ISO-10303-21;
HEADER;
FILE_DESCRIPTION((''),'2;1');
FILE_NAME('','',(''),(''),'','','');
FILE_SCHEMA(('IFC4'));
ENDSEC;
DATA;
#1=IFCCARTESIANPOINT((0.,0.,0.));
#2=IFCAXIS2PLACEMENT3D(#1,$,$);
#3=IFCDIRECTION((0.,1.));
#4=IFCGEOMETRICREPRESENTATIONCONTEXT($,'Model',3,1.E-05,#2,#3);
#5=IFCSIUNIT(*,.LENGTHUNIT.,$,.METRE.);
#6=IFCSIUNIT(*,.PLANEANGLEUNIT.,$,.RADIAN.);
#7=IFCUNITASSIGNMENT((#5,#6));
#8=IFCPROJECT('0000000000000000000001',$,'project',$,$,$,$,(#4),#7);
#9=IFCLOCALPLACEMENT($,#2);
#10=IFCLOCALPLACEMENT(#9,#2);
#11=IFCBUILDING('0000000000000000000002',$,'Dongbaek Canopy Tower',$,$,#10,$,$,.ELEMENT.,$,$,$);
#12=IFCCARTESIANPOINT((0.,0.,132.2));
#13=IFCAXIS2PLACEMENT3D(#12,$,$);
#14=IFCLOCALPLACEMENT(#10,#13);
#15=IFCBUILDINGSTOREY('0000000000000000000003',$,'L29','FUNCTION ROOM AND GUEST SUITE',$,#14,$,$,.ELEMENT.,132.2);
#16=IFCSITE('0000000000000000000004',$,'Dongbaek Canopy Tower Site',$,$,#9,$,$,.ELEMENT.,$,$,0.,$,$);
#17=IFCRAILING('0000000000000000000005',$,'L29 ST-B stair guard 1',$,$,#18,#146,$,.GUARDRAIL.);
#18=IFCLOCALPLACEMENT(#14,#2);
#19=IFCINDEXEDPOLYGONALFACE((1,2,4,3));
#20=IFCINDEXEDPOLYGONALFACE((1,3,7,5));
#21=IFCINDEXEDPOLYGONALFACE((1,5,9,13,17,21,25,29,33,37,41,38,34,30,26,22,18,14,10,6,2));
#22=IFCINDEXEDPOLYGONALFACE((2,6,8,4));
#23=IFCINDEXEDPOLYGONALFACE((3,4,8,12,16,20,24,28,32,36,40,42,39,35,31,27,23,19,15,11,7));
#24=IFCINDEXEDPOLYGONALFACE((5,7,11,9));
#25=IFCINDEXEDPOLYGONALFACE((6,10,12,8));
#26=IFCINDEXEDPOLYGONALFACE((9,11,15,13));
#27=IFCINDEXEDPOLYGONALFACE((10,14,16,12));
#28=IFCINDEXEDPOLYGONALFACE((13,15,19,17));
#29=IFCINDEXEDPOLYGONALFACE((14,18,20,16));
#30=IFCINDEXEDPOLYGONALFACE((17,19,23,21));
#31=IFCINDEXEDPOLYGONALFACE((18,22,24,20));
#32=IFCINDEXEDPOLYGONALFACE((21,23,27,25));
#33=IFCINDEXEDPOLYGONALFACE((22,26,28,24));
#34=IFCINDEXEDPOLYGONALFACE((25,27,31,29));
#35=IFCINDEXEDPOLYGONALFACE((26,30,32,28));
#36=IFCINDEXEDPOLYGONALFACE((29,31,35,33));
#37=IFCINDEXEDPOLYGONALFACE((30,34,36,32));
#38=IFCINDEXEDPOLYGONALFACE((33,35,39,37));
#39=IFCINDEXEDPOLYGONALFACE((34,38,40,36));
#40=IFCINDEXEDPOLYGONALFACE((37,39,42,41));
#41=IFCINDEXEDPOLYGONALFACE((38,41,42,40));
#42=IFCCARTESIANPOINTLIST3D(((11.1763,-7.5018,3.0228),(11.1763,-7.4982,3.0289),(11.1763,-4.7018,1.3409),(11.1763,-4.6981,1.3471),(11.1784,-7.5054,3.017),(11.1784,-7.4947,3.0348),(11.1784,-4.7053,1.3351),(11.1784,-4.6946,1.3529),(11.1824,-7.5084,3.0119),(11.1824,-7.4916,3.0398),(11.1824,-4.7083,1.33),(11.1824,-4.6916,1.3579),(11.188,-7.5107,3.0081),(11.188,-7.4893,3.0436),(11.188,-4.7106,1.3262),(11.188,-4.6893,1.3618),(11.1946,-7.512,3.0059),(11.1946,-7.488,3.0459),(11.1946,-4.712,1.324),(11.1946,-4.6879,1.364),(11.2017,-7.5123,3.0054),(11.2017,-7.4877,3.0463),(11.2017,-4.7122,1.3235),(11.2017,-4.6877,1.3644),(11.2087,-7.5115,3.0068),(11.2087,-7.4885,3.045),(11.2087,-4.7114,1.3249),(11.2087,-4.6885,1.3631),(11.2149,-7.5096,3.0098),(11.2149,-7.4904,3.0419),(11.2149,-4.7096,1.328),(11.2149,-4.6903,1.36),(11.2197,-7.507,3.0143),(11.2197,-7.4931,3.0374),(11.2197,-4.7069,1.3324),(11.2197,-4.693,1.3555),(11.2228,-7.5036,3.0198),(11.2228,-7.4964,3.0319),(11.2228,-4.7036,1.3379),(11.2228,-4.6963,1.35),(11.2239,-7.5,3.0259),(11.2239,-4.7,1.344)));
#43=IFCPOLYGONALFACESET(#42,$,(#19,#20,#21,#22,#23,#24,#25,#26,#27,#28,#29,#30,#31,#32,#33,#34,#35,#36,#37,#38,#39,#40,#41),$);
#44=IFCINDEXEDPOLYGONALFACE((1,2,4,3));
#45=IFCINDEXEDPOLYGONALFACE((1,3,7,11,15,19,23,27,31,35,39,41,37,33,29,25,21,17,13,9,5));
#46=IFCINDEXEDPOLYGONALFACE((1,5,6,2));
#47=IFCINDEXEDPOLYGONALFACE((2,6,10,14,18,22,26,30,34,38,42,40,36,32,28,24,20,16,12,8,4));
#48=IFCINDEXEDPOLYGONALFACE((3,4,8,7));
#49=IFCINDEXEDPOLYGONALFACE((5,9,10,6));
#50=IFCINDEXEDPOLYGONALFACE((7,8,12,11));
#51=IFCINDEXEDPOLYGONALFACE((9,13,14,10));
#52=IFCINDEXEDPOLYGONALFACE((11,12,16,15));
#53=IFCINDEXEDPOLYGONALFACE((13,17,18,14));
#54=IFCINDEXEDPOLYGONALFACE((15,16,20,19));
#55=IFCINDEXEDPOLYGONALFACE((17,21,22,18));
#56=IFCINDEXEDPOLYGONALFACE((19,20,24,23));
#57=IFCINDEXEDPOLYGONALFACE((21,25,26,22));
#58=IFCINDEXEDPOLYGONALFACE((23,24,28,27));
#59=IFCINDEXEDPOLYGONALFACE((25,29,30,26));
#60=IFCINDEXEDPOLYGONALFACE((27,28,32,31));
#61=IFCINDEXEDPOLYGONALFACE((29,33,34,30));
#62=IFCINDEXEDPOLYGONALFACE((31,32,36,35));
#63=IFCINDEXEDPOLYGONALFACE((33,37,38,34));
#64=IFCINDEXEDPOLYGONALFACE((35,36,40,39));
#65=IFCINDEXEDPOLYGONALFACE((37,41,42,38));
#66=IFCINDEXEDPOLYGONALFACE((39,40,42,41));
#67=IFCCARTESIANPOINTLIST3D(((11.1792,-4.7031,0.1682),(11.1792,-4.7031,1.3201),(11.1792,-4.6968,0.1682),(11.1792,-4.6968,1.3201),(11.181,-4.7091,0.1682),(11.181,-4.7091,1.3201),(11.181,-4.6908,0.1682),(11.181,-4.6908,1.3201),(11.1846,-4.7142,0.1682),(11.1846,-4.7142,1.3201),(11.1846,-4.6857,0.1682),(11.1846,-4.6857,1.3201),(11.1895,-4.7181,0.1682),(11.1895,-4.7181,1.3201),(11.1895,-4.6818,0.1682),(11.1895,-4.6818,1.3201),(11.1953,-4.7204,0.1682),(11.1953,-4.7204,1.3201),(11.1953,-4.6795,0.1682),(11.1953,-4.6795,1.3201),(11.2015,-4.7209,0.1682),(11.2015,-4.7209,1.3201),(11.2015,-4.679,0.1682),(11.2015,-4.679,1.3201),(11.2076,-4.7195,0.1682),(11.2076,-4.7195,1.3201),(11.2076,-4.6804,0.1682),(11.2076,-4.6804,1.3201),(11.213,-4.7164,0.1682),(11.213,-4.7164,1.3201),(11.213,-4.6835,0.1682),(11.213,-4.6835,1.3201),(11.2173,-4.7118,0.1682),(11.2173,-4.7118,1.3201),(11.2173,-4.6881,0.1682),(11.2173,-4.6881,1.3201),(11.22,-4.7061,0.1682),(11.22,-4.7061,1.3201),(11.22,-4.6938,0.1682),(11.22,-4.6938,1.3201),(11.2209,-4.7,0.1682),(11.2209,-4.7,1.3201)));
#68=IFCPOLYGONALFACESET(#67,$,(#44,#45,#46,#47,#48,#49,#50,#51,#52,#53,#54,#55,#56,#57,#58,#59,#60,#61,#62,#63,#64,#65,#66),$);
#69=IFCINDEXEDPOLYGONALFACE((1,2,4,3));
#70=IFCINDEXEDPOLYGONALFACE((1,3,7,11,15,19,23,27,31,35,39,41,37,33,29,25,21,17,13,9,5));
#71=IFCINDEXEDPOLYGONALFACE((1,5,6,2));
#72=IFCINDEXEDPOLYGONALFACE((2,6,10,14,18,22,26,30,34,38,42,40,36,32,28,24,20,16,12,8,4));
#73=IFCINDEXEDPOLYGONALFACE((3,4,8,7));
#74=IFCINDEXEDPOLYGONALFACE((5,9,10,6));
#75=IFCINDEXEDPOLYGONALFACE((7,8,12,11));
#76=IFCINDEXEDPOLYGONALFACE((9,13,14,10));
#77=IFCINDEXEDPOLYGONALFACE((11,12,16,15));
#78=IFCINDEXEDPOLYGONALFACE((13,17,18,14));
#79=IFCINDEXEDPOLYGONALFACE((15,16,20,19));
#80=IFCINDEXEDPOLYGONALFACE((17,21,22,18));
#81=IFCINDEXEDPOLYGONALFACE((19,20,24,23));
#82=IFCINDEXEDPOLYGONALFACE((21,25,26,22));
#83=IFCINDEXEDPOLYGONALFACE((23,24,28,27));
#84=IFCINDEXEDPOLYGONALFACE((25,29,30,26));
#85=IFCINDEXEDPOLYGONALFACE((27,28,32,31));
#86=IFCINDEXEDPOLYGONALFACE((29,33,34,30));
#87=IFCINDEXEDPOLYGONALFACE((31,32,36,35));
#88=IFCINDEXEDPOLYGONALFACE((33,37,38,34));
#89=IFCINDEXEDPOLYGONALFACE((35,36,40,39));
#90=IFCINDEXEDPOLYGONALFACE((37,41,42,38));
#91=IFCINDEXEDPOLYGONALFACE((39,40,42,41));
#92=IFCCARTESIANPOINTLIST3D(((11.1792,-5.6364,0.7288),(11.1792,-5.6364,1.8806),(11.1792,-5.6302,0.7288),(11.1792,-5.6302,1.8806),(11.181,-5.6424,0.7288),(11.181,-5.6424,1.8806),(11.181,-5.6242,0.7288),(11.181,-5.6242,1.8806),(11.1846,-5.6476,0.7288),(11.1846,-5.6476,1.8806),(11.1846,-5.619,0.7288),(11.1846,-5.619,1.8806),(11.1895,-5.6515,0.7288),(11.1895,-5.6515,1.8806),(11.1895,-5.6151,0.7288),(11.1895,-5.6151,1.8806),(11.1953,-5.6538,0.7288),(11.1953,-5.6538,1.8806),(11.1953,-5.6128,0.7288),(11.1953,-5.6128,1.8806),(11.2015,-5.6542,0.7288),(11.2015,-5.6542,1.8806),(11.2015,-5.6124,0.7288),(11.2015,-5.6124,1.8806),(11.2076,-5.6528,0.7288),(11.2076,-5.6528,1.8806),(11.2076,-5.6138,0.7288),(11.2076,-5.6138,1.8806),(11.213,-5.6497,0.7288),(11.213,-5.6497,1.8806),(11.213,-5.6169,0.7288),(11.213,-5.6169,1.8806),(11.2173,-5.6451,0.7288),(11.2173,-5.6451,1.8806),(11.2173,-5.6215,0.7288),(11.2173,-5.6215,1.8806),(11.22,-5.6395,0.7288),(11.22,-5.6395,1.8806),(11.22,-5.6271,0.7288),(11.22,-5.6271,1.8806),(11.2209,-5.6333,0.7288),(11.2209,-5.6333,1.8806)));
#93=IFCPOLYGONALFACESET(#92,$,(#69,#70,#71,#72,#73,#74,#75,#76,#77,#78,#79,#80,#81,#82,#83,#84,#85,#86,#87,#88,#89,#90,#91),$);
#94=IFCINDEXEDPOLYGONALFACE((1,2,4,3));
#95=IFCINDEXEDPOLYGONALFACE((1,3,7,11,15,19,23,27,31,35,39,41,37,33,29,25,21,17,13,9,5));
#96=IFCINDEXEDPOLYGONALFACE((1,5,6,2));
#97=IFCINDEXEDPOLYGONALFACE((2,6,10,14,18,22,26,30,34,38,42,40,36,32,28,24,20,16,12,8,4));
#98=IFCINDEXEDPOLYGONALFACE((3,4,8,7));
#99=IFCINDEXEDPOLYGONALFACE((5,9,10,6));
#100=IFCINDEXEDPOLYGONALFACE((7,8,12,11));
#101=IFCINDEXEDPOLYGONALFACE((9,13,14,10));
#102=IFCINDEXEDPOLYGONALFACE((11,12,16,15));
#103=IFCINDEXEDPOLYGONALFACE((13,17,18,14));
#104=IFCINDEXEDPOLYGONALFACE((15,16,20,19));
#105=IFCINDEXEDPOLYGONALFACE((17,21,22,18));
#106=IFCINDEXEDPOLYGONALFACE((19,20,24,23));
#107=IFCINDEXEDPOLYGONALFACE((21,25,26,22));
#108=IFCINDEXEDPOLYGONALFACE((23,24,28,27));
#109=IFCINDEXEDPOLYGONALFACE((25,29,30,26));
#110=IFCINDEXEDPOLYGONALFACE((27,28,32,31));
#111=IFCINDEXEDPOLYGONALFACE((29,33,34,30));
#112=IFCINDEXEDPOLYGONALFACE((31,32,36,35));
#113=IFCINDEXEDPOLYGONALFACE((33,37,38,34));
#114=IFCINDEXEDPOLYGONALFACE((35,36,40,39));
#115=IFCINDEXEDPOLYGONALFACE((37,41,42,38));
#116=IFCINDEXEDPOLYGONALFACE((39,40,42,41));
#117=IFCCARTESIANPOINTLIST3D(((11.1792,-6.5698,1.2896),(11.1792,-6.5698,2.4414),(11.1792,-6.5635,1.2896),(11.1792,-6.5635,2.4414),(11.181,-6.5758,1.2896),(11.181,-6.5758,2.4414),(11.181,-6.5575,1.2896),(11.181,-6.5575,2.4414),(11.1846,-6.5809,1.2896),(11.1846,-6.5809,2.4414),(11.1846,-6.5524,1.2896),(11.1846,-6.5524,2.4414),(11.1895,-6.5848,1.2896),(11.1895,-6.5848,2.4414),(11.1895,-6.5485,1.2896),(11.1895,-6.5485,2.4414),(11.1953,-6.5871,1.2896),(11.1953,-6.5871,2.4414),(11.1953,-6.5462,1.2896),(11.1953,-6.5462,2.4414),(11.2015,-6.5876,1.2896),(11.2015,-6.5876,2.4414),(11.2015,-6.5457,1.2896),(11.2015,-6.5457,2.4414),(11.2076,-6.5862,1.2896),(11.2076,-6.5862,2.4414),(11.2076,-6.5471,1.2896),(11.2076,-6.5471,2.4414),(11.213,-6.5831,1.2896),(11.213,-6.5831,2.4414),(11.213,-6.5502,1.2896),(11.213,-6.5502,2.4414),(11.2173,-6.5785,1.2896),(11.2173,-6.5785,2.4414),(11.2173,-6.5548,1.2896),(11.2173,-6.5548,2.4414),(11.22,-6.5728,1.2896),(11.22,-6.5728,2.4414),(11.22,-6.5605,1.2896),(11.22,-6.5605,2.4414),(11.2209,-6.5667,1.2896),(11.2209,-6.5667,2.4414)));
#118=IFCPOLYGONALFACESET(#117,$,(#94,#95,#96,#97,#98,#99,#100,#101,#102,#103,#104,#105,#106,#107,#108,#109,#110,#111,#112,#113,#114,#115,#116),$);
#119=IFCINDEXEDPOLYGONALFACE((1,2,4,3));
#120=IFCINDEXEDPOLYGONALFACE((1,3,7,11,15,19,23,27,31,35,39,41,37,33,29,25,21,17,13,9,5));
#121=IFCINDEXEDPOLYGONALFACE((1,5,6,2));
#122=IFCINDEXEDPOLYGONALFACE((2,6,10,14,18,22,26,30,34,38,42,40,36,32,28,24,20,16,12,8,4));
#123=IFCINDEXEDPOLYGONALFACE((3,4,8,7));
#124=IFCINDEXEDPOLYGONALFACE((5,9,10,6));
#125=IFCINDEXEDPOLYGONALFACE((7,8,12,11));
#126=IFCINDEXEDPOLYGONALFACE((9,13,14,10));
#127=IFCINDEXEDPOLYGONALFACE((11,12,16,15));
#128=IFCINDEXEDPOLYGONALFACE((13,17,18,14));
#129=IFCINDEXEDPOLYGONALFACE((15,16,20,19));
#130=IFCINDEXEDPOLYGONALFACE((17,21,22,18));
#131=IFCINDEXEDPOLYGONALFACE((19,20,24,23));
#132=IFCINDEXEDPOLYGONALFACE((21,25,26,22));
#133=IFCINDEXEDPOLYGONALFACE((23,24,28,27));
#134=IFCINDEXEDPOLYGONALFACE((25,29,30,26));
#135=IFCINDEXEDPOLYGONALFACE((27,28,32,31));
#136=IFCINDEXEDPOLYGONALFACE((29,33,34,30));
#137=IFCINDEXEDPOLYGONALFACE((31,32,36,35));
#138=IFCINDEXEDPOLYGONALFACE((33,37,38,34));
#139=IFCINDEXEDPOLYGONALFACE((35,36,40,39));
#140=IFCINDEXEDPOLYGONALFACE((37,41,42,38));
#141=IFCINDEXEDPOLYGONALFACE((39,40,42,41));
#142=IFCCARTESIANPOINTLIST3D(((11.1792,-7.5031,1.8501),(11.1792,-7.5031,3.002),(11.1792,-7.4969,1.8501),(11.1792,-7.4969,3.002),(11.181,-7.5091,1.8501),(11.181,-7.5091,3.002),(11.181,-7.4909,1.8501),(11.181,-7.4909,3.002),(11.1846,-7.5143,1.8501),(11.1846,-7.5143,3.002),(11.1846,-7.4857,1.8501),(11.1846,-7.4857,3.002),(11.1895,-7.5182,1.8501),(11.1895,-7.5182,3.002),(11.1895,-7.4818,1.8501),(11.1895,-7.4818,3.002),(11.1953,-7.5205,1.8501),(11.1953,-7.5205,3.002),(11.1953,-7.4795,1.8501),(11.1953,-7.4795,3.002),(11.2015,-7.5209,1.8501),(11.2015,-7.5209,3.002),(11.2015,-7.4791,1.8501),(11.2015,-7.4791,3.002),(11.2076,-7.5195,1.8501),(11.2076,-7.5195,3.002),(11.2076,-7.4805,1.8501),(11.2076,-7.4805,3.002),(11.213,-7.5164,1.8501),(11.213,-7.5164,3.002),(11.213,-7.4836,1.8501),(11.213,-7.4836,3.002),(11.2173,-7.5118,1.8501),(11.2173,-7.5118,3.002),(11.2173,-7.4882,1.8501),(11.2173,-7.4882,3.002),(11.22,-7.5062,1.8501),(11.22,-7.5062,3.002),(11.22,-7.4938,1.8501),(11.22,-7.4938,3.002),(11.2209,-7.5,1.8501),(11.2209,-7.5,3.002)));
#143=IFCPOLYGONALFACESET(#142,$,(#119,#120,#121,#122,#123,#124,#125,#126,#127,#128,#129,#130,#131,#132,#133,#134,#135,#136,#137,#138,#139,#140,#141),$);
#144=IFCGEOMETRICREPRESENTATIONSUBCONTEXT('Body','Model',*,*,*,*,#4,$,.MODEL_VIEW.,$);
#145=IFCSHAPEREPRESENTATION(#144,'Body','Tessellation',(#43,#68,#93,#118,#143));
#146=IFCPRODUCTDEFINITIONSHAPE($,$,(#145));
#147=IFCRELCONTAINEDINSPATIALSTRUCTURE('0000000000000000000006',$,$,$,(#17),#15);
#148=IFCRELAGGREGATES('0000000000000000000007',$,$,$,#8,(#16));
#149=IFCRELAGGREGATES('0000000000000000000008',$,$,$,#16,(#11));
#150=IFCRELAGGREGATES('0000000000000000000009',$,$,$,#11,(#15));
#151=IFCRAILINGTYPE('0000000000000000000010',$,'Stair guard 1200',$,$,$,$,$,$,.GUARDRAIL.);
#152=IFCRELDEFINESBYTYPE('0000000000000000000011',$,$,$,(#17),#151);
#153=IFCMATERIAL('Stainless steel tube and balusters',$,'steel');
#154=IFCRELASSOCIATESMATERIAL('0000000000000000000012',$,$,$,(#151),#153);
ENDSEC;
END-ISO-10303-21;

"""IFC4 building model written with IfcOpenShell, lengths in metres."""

from ifc_helpers import new_model, si_unit, direction, frame, origin, origin_2d, place, context, subcontext, project, spatial, circle, extrude, material, type_object, element, save


model = new_model("IFC4")

# Units and contexts
model_context = context("Model", 3, precision=1e-05, world=origin(), true_north=direction((0.0, 1.0)))
body_context = subcontext(model_context, "Body", "Model", "MODEL_VIEW")
ifc_project = project(units=[si_unit("LENGTHUNIT", "METRE"), si_unit("PLANEANGLEUNIT", "RADIAN")], contexts=[model_context])

# Site, building, storey
site_placement = place(None, origin())
site = spatial("IfcSite", under=ifc_project, at=site_placement, Name="Dongbaek Canopy Tower Site", CompositionType="ELEMENT", RefElevation=0.0)
building_placement = place(site_placement, origin())
building = spatial("IfcBuilding", under=site, at=building_placement, Name="Dongbaek Canopy Tower", CompositionType="ELEMENT")
storey_placement = place(building_placement, frame((0.0, 0.0, 132.2)))
storey = spatial("IfcBuildingStorey", under=building, at=storey_placement, Name="L29", Description="FUNCTION ROOM AND GUEST SUITE", CompositionType="ELEMENT", Elevation=132.2)

# Railing
ifc_material_1 = material(Name="Stainless steel tube and balusters", Category="steel")
railing_type_1 = type_object("IfcRailingType", Name="Stair guard 1200", PredefinedType="GUARDRAIL", material=ifc_material_1)
railing_1_placement = place(storey_placement, frame((11.2, -4.7, 0.1682)))
element("IfcRailing", 1, at=railing_1_placement, inside=storey, type_object=railing_type_1, Name="L29 ST-B stair guard 1", PredefinedType="GUARDRAIL", context=body_context, shape_type="SweptSolid", body=[
    extrude(circle(Radius=0.0239, at=origin_2d()), frame((0.0, 0.0, 1.1758), z_axis=(0.0, -0.857242, 0.514913), x_axis=(1.0, 0.0, 0.0)), (0.0, 0.0, 1.0), 3.2664),
    extrude(circle(Radius=0.021, at=origin_2d()), origin(), (0.0, 0.0, 1.0), 1.1519),
    extrude(circle(Radius=0.021, at=origin_2d()), frame((0.0, -0.9333, 0.5605)), (0.0, 0.0, 1.0), 1.1519),
    extrude(circle(Radius=0.021, at=origin_2d()), frame((0.0, -1.8667, 1.1213)), (0.0, 0.0, 1.0), 1.1519),
    extrude(circle(Radius=0.021, at=origin_2d()), frame((0.0, -2.8, 1.6819)), (0.0, 0.0, 1.0), 1.1519),
])

save(model, "model.ifc")
